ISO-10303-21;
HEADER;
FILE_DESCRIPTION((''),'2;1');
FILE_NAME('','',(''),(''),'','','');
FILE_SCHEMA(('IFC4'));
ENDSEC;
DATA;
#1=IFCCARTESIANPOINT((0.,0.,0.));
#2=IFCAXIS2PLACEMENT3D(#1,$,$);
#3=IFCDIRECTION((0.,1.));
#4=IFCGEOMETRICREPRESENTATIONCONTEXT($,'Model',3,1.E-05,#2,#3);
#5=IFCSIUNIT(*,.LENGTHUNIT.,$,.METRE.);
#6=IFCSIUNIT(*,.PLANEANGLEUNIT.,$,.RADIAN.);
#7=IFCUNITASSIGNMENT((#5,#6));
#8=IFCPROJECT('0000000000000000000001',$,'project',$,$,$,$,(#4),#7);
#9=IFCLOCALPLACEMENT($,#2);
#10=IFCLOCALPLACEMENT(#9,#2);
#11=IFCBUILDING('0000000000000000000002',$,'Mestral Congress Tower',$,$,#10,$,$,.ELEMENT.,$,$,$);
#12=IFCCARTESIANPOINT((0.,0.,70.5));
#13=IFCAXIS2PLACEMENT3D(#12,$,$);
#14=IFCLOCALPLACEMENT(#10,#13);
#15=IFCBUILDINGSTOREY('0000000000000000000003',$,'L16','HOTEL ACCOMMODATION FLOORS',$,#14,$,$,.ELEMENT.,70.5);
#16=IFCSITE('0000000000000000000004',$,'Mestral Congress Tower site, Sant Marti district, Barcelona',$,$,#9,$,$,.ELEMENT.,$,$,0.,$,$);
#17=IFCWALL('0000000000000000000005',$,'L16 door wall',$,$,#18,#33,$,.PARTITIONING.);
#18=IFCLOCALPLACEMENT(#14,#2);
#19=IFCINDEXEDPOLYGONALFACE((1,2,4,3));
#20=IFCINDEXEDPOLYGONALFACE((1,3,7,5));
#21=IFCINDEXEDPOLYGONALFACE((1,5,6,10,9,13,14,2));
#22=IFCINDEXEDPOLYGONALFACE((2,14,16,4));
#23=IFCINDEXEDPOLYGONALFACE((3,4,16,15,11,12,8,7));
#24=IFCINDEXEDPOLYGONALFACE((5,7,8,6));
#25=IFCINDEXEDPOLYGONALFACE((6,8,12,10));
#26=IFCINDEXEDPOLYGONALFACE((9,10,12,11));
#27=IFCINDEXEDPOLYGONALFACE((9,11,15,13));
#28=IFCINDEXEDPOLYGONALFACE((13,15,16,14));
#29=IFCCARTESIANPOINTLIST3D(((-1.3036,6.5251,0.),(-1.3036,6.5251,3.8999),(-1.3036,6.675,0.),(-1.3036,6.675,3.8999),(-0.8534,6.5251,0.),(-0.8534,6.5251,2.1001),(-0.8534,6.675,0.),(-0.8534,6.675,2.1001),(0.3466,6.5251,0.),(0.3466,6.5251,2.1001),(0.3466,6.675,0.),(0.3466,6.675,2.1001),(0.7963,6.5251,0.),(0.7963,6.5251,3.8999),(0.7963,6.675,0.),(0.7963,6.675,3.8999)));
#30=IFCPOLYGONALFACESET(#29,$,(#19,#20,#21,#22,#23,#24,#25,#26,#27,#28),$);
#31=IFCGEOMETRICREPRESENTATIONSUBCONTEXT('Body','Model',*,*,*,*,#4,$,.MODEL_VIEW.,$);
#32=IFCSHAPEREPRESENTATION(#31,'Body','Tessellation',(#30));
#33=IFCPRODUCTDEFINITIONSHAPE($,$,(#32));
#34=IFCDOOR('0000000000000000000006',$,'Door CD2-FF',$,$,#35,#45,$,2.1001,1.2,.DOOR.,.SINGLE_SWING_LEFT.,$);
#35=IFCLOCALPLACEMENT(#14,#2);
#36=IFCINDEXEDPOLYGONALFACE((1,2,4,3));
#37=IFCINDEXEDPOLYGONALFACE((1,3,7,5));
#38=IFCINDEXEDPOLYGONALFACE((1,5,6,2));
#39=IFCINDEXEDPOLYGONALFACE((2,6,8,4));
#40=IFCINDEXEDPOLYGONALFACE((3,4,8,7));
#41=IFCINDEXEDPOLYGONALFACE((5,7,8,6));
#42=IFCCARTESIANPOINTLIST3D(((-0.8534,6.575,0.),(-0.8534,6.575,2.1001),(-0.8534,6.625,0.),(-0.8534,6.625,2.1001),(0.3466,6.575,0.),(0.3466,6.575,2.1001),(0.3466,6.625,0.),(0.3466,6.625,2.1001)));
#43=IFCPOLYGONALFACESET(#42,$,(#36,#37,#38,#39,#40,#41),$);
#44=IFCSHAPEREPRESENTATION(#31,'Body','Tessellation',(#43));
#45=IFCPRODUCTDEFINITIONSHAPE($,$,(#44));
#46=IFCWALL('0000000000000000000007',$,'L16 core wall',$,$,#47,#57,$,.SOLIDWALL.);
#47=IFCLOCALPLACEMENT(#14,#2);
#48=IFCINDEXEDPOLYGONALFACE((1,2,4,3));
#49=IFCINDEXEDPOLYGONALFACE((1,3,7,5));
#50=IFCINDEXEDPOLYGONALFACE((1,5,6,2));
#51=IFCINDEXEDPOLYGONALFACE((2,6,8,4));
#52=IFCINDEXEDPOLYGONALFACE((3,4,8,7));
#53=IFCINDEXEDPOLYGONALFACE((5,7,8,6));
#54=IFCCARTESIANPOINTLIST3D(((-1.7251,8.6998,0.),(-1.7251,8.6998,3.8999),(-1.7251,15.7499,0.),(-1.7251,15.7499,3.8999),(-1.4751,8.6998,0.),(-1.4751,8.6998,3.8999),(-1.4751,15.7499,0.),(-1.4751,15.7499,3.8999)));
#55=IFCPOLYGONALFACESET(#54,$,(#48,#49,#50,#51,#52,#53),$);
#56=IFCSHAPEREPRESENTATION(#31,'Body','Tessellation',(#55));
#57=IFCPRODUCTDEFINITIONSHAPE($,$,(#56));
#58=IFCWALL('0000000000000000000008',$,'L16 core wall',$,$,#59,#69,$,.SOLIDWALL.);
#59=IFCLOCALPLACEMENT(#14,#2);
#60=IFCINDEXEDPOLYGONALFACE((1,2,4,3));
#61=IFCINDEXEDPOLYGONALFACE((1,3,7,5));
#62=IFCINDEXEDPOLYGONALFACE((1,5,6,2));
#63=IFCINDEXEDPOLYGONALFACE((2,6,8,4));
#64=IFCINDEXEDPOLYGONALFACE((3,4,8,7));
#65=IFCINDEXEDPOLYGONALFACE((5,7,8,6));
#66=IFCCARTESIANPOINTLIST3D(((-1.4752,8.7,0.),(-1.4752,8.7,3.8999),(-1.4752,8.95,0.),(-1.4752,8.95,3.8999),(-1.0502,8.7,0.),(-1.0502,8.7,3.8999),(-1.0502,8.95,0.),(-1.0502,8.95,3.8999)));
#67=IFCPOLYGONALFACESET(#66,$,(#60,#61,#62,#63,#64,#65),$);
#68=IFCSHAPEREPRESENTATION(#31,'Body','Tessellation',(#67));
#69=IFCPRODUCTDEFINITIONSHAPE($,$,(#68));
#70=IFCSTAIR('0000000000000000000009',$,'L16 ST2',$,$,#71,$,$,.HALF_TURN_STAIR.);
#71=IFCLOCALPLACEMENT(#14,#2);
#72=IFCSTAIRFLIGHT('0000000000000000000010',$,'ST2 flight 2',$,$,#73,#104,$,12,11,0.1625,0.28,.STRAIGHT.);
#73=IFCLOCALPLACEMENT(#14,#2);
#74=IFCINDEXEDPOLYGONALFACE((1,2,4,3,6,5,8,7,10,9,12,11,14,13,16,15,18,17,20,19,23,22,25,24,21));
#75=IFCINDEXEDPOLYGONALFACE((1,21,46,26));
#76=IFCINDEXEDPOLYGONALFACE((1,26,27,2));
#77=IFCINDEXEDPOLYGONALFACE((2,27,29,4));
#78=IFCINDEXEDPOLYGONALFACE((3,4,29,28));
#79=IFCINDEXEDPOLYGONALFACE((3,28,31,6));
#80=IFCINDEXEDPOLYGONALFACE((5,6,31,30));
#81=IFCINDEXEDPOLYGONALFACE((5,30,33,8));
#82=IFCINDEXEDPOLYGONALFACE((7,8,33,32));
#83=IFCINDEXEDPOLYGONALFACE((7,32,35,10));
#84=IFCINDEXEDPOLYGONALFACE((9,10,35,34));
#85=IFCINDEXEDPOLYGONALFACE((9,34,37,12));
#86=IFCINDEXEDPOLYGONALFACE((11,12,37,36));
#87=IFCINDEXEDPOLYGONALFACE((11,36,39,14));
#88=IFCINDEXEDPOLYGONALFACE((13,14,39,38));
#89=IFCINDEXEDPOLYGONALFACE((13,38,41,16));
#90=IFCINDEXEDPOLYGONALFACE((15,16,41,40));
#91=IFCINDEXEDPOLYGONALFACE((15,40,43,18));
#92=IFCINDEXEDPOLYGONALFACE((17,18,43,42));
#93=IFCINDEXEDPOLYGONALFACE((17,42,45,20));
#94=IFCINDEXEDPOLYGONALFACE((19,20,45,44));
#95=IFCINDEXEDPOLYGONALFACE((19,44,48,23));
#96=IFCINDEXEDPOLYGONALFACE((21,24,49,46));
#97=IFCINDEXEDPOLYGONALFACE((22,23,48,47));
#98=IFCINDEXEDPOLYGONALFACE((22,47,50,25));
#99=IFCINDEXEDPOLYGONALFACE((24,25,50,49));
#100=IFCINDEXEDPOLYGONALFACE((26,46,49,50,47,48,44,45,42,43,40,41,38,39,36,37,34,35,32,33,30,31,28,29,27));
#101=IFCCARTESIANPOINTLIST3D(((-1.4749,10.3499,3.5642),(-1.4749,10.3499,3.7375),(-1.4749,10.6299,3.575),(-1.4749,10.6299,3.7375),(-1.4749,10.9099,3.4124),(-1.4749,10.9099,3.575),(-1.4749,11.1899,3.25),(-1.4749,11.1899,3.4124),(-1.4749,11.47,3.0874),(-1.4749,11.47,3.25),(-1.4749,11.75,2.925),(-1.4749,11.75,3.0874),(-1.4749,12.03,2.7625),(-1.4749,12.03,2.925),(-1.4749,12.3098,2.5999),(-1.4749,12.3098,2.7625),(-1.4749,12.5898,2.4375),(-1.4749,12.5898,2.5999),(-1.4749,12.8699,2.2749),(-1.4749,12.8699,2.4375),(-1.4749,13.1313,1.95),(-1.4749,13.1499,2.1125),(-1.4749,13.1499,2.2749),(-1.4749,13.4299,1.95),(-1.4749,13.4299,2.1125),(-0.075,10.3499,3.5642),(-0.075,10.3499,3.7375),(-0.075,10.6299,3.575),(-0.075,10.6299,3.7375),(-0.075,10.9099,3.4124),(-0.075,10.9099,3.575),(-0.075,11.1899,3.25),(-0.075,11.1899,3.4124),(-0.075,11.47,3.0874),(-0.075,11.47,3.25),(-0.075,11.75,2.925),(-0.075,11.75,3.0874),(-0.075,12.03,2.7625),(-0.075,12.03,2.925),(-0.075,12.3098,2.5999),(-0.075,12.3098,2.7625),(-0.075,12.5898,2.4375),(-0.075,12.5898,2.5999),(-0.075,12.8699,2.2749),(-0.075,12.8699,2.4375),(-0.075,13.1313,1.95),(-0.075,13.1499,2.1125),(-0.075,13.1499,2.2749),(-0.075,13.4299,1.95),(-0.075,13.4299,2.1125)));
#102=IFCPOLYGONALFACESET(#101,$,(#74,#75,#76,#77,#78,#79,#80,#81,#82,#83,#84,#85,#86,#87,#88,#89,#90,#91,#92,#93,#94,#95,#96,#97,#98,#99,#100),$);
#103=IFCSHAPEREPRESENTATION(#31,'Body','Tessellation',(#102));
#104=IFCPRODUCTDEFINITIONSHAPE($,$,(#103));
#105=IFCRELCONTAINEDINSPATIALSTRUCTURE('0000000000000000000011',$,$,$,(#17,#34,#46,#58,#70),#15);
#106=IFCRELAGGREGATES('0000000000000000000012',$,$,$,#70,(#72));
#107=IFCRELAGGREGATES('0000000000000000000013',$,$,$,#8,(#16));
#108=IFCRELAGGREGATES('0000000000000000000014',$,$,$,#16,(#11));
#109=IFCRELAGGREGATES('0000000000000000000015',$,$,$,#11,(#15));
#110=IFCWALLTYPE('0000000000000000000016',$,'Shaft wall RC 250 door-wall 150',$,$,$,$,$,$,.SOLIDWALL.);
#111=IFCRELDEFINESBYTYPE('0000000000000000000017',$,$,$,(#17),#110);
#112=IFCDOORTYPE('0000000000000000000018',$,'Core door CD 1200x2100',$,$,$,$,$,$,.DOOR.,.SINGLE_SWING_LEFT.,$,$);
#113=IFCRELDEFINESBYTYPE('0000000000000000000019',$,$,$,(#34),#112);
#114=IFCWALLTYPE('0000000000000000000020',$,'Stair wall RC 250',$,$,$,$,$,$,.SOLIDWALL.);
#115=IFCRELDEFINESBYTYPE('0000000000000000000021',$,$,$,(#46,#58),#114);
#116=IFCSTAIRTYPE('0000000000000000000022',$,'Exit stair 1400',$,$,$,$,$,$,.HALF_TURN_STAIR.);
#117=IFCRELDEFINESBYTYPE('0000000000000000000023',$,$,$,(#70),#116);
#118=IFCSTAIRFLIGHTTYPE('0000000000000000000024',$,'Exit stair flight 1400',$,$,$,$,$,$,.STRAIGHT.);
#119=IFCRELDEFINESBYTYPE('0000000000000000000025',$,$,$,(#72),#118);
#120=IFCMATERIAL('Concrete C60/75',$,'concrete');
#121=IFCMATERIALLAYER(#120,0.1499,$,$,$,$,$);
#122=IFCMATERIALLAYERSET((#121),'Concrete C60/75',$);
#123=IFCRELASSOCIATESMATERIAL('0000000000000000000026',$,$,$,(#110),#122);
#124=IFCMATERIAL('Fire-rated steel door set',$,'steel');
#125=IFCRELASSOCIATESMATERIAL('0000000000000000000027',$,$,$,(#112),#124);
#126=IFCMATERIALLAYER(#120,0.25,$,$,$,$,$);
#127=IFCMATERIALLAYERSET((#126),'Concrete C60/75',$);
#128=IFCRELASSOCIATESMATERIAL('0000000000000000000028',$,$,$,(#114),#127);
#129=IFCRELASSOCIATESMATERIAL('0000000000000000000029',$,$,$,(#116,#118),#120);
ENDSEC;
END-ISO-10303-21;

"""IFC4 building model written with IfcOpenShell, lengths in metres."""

from ifc_helpers import new_model, si_unit, direction, frame, frame_2d, origin, place, context, subcontext, project, spatial, polyline, rectangle, outline, extrude, material, layer, layer_set, type_object, element, fill, aggregate, save


model = new_model("IFC4")

# Units and contexts
model_context = context("Model", 3, precision=1e-05, world=origin(), true_north=direction((0.0, 1.0)))
body_context = subcontext(model_context, "Body", "Model", "MODEL_VIEW")
ifc_project = project(units=[si_unit("LENGTHUNIT", "METRE"), si_unit("PLANEANGLEUNIT", "RADIAN")], contexts=[model_context])

# Site, building, storey
site_placement = place(None, origin())
site = spatial("IfcSite", under=ifc_project, at=site_placement, Name="Mestral Congress Tower site, Sant Marti district, Barcelona", CompositionType="ELEMENT", RefElevation=0.0)
building_placement = place(site_placement, origin())
building = spatial("IfcBuilding", under=site, at=building_placement, Name="Mestral Congress Tower", CompositionType="ELEMENT")
storey_placement = place(building_placement, frame((0.0, 0.0, 70.5)))
storey = spatial("IfcBuildingStorey", under=building, at=storey_placement, Name="L16", Description="HOTEL ACCOMMODATION FLOORS", CompositionType="ELEMENT", Elevation=70.5)

# Shared definitions
ifc_material_1 = material(Name="Fire-rated steel door set", Category="steel")

# Shared definitions
ifc_material_2 = material(Name="Concrete C60/75", Category="concrete")

# Wall, opening, door
ifc_layer_1 = layer(ifc_material_2, 0.1499)
ifc_layer_set_1 = layer_set([ifc_layer_1], Name="Concrete C60/75")
wall_type_1 = type_object("IfcWallType", Name="Shaft wall RC 250 door-wall 150", PredefinedType="SOLIDWALL", material=ifc_layer_set_1)
wall_1_placement = place(storey_placement, frame((-1.3035, 6.6001, 0.0), z_axis=(0.0, 0.0, 1.0), x_axis=(1.0, 0.0, 0.0)))
wall_1 = element("IfcWall", 1, at=wall_1_placement, inside=storey, type_object=wall_type_1, Name="L16 door wall", PredefinedType="PARTITIONING", context=body_context, shape_type="SweptSolid", body=[
    extrude(rectangle(XDim=2.0999, YDim=0.1499, at=frame_2d((1.0498, 0.0))), origin(), (0.0, 0.0, 1.0), 3.8999),
])
opening_1_placement = place(wall_1_placement, frame((0.45, 0.0, 0.0)))
opening_1 = element("IfcOpeningElement", 2, at=opening_1_placement, cuts=wall_1, PredefinedType="OPENING", context=body_context, shape_type="SweptSolid", body=[
    extrude(rectangle(XDim=1.2, YDim=2.1001, at=frame_2d((0.6001, 1.05))), frame((0.0, 0.085, 0.0), z_axis=(0.0, -1.0, 0.0), x_axis=(1.0, 0.0, 0.0)), (0.0, 0.0, 1.0), 0.1699),
])
door_type_1 = type_object("IfcDoorType", Name="Core door CD 1200x2100", OperationType="SINGLE_SWING_LEFT", PredefinedType="DOOR", material=ifc_material_1)
door_1_placement = place(opening_1_placement, origin())
door_1 = element("IfcDoor", 3, at=door_1_placement, inside=storey, type_object=door_type_1, Name="Door CD2-FF", OperationType="SINGLE_SWING_LEFT", OverallHeight=2.1001, OverallWidth=1.2, PredefinedType="DOOR", context=body_context, shape_type="SweptSolid", body=[
    extrude(rectangle(XDim=1.2, YDim=2.1001, at=frame_2d((0.6001, 1.05))), frame((0.0, 0.0249, 0.0), z_axis=(0.0, -1.0, 0.0), x_axis=(1.0, 0.0, 0.0)), (0.0, 0.0, 1.0), 0.05),
])
fill(opening_1, door_1)

# Walls
ifc_layer_2 = layer(ifc_material_2, 0.25)
ifc_layer_set_2 = layer_set([ifc_layer_2], Name="Concrete C60/75")
wall_type_2 = type_object("IfcWallType", Name="Stair wall RC 250", PredefinedType="SOLIDWALL", material=ifc_layer_set_2)
wall_2_placement = place(storey_placement, frame((-1.6001, 8.7, 0.0), z_axis=(0.0, 0.0, 1.0), x_axis=(0.0, 1.0, 0.0)))
element("IfcWall", 4, at=wall_2_placement, inside=storey, type_object=wall_type_2, Name="L16 core wall", PredefinedType="SOLIDWALL", context=body_context, shape_type="SweptSolid", body=[
    extrude(rectangle(XDim=7.05, YDim=0.25, at=frame_2d((3.5249, 0.0))), origin(), (0.0, 0.0, 1.0), 3.8999),
])
wall_3_placement = place(storey_placement, frame((-1.4751, 8.825, 0.0), z_axis=(0.0, 0.0, 1.0), x_axis=(1.0, 0.0, 0.0)))
element("IfcWall", 5, at=wall_3_placement, inside=storey, type_object=wall_type_2, Name="L16 core wall", PredefinedType="SOLIDWALL", context=body_context, shape_type="SweptSolid", body=[
    extrude(rectangle(XDim=0.425, YDim=0.25, at=frame_2d((0.2124, 0.0))), origin(), (0.0, 0.0, 1.0), 3.8999),
])

# Stair, stair flight
stair_type = type_object("IfcStairType", Name="Exit stair 1400", PredefinedType="HALF_TURN_STAIR", material=ifc_material_2)
stair_placement = place(storey_placement, origin())
stair = element("IfcStair", 6, at=stair_placement, inside=storey, type_object=stair_type, Name="L16 ST2", PredefinedType="HALF_TURN_STAIR")
stair_flight_type = type_object("IfcStairFlightType", Name="Exit stair flight 1400", PredefinedType="STRAIGHT", material=ifc_material_2)
stair_flight_placement = place(storey_placement, frame((-0.7749, 13.4299, 1.95), z_axis=(0.0, 0.0, 1.0), x_axis=(0.0, -1.0, 0.0)))
stair_flight = element("IfcStairFlight", 7, at=stair_flight_placement, type_object=stair_flight_type, Name="ST2 flight 2", NumberOfRisers=12, NumberOfTreads=11, PredefinedType="STRAIGHT", RiserHeight=0.1625, TreadLength=0.28, context=body_context, shape_type="SweptSolid", body=[
    extrude(outline(polyline([(0.0, 0.0), (0.0, 0.1626), (0.28, 0.1626), (0.28, 0.325), (0.5601, 0.325), (0.5601, 0.4875), (0.8401, 0.4875), (0.8401, 0.6499), (1.1201, 0.6499), (1.1201, 0.8125), (1.3999, 0.8125), (1.3999, 0.9751), (1.6799, 0.9751), (1.6799, 1.1375), (1.96, 1.1375), (1.96, 1.3), (2.24, 1.3), (2.24, 1.4624), (2.52, 1.4624), (2.52, 1.625), (2.8, 1.625), (2.8, 1.7876), (3.0801, 1.7876), (3.0801, 1.95), (3.0801, 1.6143), (0.2986, 0.0), (0.0, 0.0)])), frame((0.0, 0.7, 0.0), z_axis=(0.0, -1.0, 0.0), x_axis=(1.0, 0.0, 0.0)), (0.0, 0.0, 1.0), 1.3999),
])
aggregate(stair, [stair_flight])

save(model, "model.ifc")
